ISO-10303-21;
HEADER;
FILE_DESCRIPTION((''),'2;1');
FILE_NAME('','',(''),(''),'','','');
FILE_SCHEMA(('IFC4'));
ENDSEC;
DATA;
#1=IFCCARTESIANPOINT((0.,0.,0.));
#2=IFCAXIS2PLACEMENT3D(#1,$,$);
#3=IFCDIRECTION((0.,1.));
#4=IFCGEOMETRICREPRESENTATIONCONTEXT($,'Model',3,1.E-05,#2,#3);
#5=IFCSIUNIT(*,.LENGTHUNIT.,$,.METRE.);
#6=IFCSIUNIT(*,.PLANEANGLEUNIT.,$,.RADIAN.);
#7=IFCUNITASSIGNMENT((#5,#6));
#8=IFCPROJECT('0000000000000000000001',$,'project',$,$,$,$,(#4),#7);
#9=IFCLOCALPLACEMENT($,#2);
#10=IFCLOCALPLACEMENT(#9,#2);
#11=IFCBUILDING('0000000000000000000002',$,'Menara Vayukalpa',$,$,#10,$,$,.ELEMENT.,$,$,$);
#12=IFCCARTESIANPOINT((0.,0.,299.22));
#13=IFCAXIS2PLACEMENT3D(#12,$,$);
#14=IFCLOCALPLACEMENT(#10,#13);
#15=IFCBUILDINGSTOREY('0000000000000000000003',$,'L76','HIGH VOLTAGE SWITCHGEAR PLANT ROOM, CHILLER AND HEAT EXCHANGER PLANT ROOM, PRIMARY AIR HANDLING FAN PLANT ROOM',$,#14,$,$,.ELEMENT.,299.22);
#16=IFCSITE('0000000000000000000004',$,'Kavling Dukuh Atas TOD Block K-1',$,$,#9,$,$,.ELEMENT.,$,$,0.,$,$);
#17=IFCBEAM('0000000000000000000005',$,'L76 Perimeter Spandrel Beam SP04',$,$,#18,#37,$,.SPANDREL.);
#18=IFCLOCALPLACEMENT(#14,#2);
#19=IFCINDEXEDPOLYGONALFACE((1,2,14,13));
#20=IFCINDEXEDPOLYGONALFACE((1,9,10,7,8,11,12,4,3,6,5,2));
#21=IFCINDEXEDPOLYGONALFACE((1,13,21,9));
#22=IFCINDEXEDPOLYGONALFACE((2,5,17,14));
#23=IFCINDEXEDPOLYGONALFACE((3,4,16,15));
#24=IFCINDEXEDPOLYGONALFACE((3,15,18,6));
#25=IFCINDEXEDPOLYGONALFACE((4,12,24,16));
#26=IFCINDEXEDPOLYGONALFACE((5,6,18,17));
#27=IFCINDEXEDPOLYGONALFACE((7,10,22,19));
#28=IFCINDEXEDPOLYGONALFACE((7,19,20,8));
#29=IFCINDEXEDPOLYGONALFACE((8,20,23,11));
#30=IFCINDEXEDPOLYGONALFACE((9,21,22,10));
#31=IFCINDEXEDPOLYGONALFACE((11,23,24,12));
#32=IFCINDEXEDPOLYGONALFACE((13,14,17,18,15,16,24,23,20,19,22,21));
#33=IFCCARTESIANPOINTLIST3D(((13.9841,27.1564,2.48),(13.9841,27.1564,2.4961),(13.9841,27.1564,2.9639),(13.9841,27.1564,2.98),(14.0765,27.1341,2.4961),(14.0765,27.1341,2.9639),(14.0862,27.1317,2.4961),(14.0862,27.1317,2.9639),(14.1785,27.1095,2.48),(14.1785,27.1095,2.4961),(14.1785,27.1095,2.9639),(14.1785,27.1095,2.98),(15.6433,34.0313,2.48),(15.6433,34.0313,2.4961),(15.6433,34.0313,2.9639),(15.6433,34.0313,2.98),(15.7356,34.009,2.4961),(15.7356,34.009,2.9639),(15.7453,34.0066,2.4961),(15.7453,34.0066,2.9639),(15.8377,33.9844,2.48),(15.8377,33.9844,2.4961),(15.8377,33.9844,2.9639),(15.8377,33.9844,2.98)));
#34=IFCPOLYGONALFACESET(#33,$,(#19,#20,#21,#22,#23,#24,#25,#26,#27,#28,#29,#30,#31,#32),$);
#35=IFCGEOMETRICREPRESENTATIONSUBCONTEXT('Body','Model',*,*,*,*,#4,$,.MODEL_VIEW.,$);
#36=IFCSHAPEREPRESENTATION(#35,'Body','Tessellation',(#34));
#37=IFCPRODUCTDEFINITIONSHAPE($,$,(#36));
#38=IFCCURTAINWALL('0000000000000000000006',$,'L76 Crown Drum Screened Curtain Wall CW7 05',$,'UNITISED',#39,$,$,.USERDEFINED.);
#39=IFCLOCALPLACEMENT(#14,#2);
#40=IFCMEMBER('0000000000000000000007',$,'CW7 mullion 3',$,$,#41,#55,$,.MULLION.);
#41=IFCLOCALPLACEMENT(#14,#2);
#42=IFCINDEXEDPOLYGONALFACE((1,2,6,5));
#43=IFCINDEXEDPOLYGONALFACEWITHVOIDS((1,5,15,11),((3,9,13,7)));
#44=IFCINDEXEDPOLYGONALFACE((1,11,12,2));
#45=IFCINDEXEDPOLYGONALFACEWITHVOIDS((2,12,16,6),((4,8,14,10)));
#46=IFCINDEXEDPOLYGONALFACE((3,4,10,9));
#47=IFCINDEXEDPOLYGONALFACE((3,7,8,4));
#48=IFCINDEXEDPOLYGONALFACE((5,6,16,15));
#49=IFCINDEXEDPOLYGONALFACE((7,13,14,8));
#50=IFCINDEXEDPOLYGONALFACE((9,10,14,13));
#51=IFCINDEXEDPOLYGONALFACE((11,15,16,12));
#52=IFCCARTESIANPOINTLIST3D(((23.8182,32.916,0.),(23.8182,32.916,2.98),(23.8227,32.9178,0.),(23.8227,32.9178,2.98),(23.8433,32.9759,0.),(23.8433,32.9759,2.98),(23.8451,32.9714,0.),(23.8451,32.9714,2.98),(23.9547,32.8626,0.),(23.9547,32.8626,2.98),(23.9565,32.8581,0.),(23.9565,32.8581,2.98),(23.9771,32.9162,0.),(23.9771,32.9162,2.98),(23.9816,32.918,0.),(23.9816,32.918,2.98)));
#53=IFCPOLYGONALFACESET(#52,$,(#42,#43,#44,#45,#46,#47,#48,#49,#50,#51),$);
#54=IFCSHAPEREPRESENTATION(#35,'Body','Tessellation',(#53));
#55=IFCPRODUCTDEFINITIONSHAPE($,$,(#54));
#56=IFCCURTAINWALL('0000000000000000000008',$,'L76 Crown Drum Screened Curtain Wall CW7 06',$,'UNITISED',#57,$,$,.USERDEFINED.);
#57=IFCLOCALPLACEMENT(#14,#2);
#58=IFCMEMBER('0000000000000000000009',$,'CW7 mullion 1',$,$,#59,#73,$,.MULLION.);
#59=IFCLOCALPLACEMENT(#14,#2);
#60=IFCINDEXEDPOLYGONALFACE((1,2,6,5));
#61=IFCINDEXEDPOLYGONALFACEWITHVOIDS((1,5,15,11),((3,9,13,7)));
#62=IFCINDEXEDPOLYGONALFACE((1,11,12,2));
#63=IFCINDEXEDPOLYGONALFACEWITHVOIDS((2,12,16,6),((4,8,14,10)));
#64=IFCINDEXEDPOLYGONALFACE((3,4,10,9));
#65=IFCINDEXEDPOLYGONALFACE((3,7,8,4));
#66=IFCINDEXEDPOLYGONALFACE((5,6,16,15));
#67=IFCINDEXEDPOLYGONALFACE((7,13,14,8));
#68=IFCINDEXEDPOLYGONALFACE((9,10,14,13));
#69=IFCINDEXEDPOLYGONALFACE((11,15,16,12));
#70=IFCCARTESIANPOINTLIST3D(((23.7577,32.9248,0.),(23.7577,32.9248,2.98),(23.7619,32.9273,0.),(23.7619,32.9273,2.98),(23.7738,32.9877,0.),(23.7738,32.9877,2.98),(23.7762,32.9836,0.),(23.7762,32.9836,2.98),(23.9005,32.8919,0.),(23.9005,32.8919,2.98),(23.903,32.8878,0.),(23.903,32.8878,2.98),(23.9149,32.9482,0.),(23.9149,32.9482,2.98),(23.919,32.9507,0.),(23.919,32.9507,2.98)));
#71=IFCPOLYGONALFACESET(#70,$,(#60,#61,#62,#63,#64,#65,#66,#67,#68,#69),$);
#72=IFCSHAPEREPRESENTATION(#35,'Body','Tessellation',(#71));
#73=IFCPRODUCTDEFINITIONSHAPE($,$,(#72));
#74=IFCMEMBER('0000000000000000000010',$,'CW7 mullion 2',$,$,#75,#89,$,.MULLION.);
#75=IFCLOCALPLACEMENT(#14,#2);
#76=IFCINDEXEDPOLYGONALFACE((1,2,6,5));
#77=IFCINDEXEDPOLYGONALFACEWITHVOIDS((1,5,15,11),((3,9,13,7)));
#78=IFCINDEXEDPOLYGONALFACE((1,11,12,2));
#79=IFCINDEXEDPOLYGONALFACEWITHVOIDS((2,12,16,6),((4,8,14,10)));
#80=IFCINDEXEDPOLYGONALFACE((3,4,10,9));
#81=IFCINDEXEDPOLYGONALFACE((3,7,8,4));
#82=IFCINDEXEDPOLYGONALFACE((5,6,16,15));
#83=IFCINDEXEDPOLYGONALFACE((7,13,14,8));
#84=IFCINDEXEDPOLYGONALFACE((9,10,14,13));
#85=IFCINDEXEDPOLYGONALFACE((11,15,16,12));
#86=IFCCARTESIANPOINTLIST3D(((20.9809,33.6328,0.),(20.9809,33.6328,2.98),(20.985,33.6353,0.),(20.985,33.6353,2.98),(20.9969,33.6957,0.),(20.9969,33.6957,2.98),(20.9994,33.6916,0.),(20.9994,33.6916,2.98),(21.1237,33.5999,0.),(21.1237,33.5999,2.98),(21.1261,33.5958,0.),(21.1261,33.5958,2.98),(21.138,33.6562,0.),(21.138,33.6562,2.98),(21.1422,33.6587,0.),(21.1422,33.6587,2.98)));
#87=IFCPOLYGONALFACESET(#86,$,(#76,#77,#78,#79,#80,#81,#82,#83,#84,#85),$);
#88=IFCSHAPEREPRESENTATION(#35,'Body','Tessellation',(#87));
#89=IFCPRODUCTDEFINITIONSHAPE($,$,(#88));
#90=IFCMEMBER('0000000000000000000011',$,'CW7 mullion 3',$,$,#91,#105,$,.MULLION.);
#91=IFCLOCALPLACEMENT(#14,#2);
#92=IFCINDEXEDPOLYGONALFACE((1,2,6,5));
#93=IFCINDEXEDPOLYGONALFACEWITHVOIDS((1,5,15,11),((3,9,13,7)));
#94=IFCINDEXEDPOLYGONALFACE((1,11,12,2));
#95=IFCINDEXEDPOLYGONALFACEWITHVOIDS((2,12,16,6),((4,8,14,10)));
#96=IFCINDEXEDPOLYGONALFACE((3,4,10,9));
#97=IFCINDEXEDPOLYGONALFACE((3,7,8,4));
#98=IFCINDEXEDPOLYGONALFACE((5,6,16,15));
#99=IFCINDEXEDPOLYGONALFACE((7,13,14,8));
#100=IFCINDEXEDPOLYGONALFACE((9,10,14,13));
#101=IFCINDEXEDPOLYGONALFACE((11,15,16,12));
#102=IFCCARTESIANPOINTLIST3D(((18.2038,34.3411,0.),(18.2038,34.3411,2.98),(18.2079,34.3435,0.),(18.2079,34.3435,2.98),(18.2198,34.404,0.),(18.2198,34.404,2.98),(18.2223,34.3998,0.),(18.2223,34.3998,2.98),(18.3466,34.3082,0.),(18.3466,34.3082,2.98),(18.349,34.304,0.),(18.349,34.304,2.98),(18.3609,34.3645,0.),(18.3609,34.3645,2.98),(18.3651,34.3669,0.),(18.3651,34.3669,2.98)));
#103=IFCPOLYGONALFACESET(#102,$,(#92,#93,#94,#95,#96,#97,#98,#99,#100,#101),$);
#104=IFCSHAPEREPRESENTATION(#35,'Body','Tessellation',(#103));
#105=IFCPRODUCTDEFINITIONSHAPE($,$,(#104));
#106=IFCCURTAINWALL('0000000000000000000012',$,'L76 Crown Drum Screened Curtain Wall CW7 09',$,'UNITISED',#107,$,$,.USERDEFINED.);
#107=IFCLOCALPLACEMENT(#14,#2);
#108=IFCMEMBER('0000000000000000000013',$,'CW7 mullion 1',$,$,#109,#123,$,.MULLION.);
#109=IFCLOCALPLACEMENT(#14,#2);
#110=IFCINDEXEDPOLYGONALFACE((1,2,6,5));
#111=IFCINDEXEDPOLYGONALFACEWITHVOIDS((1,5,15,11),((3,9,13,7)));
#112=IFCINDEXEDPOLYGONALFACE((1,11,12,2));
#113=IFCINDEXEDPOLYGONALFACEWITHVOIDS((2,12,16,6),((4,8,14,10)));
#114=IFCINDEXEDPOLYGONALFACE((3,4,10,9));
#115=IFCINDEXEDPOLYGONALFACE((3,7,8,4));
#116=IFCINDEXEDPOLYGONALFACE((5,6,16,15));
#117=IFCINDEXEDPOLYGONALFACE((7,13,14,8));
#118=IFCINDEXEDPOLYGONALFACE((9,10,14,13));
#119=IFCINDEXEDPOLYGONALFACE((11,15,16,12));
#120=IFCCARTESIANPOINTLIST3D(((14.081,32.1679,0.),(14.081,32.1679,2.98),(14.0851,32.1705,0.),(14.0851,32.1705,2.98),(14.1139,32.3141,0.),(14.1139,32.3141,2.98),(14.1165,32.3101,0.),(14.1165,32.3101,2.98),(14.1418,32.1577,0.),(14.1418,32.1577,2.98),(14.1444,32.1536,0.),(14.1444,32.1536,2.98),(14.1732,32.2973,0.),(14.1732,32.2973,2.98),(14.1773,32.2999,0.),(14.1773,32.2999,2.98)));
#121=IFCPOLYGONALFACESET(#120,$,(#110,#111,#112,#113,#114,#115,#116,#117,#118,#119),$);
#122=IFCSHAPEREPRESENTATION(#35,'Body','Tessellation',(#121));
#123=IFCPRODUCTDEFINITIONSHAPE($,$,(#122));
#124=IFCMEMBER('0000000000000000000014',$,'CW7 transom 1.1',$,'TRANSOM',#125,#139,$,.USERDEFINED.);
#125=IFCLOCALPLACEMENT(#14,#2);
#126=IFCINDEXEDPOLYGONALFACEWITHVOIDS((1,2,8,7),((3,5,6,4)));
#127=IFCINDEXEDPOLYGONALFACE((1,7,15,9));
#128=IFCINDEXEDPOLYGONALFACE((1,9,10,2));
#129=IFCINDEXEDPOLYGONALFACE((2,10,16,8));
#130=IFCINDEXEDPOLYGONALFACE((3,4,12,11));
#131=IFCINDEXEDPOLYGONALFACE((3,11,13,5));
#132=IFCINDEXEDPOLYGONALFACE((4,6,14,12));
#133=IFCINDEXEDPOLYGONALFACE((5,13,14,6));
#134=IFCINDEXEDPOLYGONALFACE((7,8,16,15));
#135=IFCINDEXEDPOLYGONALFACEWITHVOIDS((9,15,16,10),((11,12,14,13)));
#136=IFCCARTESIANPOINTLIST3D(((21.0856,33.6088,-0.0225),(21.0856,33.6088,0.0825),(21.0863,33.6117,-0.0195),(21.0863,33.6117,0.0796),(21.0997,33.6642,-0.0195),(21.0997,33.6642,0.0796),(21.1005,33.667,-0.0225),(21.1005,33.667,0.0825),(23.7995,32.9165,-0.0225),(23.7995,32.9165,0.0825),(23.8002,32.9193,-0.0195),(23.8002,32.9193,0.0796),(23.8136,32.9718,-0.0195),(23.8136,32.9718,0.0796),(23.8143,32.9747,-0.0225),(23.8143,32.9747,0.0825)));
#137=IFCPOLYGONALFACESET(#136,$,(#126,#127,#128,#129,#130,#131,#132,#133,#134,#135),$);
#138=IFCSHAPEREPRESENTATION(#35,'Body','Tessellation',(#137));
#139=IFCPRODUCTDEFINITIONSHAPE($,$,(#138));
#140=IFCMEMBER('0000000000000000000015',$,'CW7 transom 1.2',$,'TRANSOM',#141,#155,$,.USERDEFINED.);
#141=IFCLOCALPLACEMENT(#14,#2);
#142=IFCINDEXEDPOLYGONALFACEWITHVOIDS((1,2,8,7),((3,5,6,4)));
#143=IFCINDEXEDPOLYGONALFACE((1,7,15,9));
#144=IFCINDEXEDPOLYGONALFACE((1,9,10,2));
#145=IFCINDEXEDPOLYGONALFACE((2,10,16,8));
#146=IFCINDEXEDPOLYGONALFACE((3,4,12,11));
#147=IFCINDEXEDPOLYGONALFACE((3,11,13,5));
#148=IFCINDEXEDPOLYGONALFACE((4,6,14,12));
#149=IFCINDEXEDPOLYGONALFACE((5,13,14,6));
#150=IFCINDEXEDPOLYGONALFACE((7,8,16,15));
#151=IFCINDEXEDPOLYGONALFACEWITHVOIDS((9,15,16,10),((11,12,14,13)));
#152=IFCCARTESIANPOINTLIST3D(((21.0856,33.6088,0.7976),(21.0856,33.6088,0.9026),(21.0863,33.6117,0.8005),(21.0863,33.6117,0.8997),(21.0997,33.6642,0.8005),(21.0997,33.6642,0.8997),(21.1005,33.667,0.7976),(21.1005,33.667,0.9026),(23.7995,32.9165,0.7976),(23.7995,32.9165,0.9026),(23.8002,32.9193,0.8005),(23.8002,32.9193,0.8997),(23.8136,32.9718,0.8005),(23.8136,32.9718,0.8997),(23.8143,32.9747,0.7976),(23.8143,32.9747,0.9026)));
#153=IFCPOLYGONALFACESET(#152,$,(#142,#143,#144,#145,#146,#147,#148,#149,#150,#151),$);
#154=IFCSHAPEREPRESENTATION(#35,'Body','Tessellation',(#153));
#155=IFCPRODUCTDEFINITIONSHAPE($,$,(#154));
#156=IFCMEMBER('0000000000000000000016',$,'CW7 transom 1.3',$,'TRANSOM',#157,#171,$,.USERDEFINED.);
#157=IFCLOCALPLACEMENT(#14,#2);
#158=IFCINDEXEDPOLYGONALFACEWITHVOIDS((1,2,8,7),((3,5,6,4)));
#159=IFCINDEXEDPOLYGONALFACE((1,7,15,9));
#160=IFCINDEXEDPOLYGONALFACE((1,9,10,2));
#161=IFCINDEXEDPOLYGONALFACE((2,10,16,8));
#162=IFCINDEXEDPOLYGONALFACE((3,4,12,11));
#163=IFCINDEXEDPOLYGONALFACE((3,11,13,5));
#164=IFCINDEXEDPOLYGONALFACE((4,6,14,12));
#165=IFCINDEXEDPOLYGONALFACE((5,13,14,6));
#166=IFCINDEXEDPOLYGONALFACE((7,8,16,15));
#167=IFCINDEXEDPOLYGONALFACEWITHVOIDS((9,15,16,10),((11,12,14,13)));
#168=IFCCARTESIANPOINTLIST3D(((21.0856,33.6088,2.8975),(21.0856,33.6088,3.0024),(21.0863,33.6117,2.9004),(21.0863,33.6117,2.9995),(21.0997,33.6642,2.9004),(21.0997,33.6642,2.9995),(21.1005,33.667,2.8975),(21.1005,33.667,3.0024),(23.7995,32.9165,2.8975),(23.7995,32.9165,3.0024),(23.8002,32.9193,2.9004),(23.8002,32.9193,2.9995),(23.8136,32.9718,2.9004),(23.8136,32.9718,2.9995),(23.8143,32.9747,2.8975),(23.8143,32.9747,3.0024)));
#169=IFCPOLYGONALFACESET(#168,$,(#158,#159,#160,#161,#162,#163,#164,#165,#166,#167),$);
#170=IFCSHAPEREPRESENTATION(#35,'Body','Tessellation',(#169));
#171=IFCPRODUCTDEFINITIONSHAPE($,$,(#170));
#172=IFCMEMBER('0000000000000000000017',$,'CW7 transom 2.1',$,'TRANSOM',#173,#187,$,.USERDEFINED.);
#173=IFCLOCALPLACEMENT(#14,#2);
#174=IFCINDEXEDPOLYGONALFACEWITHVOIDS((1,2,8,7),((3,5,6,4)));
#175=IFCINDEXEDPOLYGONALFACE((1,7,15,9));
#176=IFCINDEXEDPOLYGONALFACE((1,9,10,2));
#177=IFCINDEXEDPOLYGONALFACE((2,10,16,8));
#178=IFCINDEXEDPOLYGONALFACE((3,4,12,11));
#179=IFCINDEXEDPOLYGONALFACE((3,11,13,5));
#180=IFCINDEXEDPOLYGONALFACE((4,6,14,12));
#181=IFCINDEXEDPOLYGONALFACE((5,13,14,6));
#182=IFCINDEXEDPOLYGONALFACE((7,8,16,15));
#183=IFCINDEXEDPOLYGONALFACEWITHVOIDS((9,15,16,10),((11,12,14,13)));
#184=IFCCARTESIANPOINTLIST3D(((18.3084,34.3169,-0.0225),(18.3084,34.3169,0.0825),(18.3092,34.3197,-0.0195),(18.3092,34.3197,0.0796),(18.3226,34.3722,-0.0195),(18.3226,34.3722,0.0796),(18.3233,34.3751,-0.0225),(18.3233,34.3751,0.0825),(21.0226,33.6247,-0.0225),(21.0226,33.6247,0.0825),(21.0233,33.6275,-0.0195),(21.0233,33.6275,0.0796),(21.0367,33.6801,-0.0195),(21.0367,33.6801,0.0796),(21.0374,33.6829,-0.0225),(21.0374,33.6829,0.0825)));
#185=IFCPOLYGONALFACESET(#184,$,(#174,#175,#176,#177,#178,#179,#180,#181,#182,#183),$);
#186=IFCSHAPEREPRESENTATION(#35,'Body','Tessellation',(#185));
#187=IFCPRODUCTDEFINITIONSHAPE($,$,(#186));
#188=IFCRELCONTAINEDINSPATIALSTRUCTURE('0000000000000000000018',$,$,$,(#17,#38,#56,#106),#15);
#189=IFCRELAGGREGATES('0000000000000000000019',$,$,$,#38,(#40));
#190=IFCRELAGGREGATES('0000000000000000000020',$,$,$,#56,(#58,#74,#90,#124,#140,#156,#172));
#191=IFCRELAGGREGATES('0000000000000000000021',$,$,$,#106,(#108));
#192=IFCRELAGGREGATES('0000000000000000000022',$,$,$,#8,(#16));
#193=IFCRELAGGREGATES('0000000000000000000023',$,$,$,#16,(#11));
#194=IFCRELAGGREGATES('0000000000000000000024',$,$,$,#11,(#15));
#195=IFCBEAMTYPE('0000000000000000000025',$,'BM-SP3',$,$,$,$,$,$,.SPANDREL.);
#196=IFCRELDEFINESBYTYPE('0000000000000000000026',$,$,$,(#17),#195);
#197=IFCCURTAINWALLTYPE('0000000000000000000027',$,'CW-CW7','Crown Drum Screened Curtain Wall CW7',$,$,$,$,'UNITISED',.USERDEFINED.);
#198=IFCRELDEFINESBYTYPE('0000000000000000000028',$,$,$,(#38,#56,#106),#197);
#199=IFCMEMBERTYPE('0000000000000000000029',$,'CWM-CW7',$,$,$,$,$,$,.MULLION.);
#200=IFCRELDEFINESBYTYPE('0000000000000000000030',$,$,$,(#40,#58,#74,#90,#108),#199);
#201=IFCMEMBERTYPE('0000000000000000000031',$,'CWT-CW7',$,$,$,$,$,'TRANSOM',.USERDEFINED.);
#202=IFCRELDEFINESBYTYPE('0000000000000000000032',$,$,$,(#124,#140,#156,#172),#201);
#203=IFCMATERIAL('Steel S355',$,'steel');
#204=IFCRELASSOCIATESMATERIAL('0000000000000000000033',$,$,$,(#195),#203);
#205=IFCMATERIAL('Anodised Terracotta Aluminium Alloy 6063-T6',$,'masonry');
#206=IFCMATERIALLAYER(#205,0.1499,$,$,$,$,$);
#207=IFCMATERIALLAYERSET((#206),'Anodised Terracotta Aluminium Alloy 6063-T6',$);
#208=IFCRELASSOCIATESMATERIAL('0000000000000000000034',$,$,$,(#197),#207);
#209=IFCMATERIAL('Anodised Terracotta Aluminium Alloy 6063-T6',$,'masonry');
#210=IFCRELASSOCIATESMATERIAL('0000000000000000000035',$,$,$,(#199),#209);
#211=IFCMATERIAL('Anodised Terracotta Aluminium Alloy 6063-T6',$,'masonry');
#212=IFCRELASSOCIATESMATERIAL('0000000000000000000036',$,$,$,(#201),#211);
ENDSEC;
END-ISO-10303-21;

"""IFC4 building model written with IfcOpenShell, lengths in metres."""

from ifc_helpers import new_model, si_unit, direction, frame, origin, origin_2d, place, context, subcontext, project, spatial, hollow_rectangle, i_section, extrude, material, layer, layer_set, material_profile, profile_set, type_object, element, aggregate, save


model = new_model("IFC4")

# Units and contexts
model_context = context("Model", 3, precision=1e-05, world=origin(), true_north=direction((0.0, 1.0)))
body_context = subcontext(model_context, "Body", "Model", "MODEL_VIEW")
ifc_project = project(units=[si_unit("LENGTHUNIT", "METRE"), si_unit("PLANEANGLEUNIT", "RADIAN")], contexts=[model_context])

# Site, building, storey
site_placement = place(None, origin())
site = spatial("IfcSite", under=ifc_project, at=site_placement, Name="Kavling Dukuh Atas TOD Block K-1", CompositionType="ELEMENT", RefElevation=0.0)
building_placement = place(site_placement, origin())
building = spatial("IfcBuilding", under=site, at=building_placement, Name="Menara Vayukalpa", CompositionType="ELEMENT")
storey_placement = place(building_placement, frame((0.0, 0.0, 299.22)))
storey = spatial("IfcBuildingStorey", under=building, at=storey_placement, Name="L76", Description="HIGH VOLTAGE SWITCHGEAR PLANT ROOM, CHILLER AND HEAT EXCHANGER PLANT ROOM, PRIMARY AIR HANDLING FAN PLANT ROOM", CompositionType="ELEMENT", Elevation=299.22)

# Beam
ifc_material_1 = material(Name="Steel S355", Category="steel")
ifc_material_profile_1 = material_profile(ifc_material_1, i_section(OverallWidth=0.2, OverallDepth=0.5, WebThickness=0.01, FlangeThickness=0.0161, at=origin_2d()), Name="WF 500x200x10x16")
ifc_profile_set_1 = profile_set([ifc_material_profile_1], Name="Steel S355")
beam_type_1 = type_object("IfcBeamType", Name="BM-SP3", PredefinedType="SPANDREL", material=ifc_profile_set_1)
beam_1_placement = place(storey_placement, frame((15.7405, 34.0078, 2.73), z_axis=(-0.2346, -0.972092, 0.0), x_axis=(0.972092, -0.2346, 0.0)))
element("IfcBeam", 1, at=beam_1_placement, inside=storey, type_object=beam_type_1, Name="L76 Perimeter Spandrel Beam SP04", PredefinedType="SPANDREL", context=body_context, shape_type="SweptSolid", body=[
    extrude(i_section(OverallWidth=0.2, OverallDepth=0.5, WebThickness=0.01, FlangeThickness=0.0161, at=origin_2d()), origin(), (0.0, 0.0, 1.0), 7.0723),
])

# Curtain wall, member
ifc_material_2 = material(Name="Anodised Terracotta Aluminium Alloy 6063-T6", Category="masonry")
ifc_layer_1 = layer(ifc_material_2, 0.1499)
ifc_layer_set_1 = layer_set([ifc_layer_1], Name="Anodised Terracotta Aluminium Alloy 6063-T6")
curtain_wall_type = type_object("IfcCurtainWallType", Name="CW-CW7", Description="Crown Drum Screened Curtain Wall CW7", ElementType="UNITISED", PredefinedType="USERDEFINED", material=ifc_layer_set_1)
curtain_wall_1_placement = place(storey_placement, origin())
curtain_wall_1 = element("IfcCurtainWall", 2, at=curtain_wall_1_placement, inside=storey, type_object=curtain_wall_type, Name="L76 Crown Drum Screened Curtain Wall CW7 05", ObjectType="UNITISED", PredefinedType="USERDEFINED")
ifc_material_3 = material(Name="Anodised Terracotta Aluminium Alloy 6063-T6", Category="masonry")
ifc_material_profile_2 = material_profile(ifc_material_3, hollow_rectangle(XDim=0.0649, YDim=0.1499, WallThickness=0.0034, at=origin_2d()), Name="ALU 65x150x3.5")
ifc_profile_set_2 = profile_set([ifc_material_profile_2], Name="Anodised Terracotta Aluminium Alloy 6063-T6")
member_type_1 = type_object("IfcMemberType", Name="CWM-CW7", PredefinedType="MULLION", material=ifc_profile_set_2)
member_1_placement = place(storey_placement, frame((23.8999, 32.917, 0.0), z_axis=(0.0, 0.0, 1.0), x_axis=(-0.385898, -0.922541, 0.0)))
member_1 = element("IfcMember", 3, at=member_1_placement, type_object=member_type_1, Name="CW7 mullion 3", PredefinedType="MULLION", context=body_context, shape_type="SweptSolid", body=[
    extrude(hollow_rectangle(XDim=0.0649, YDim=0.1499, WallThickness=0.0034, at=origin_2d()), origin(), (0.0, 0.0, 1.0), 2.98),
])
aggregate(curtain_wall_1, [member_1])

# Curtain wall, members
curtain_wall_2_placement = place(storey_placement, origin())
curtain_wall_2 = element("IfcCurtainWall", 4, at=curtain_wall_2_placement, inside=storey, type_object=curtain_wall_type, Name="L76 Crown Drum Screened Curtain Wall CW7 06", ObjectType="UNITISED", PredefinedType="USERDEFINED")
member_2_placement = place(storey_placement, frame((23.8384, 32.9377, 0.0), z_axis=(0.0, 0.0, 1.0), x_axis=(-0.247124, -0.968984, 0.0)))
member_2 = element("IfcMember", 5, at=member_2_placement, type_object=member_type_1, Name="CW7 mullion 1", PredefinedType="MULLION", context=body_context, shape_type="SweptSolid", body=[
    extrude(hollow_rectangle(XDim=0.0649, YDim=0.1499, WallThickness=0.0034, at=origin_2d()), origin(), (0.0, 0.0, 1.0), 2.98),
])
member_3_placement = place(storey_placement, frame((21.0615, 33.6458, 0.0), z_axis=(0.0, 0.0, 1.0), x_axis=(-0.247124, -0.968984, 0.0)))
member_3 = element("IfcMember", 6, at=member_3_placement, type_object=member_type_1, Name="CW7 mullion 2", PredefinedType="MULLION", context=body_context, shape_type="SweptSolid", body=[
    extrude(hollow_rectangle(XDim=0.0649, YDim=0.1499, WallThickness=0.0034, at=origin_2d()), origin(), (0.0, 0.0, 1.0), 2.98),
])
member_4_placement = place(storey_placement, frame((18.2844, 34.354, 0.0), z_axis=(0.0, 0.0, 1.0), x_axis=(-0.247124, -0.968984, 0.0)))
member_4 = element("IfcMember", 7, at=member_4_placement, type_object=member_type_1, Name="CW7 mullion 3", PredefinedType="MULLION", context=body_context, shape_type="SweptSolid", body=[
    extrude(hollow_rectangle(XDim=0.0649, YDim=0.1499, WallThickness=0.0034, at=origin_2d()), origin(), (0.0, 0.0, 1.0), 2.98),
])

# Curtain wall, member
curtain_wall_3_placement = place(storey_placement, origin())
curtain_wall_3 = element("IfcCurtainWall", 8, at=curtain_wall_3_placement, inside=storey, type_object=curtain_wall_type, Name="L76 Crown Drum Screened Curtain Wall CW7 09", ObjectType="UNITISED", PredefinedType="USERDEFINED")
member_5_placement = place(storey_placement, frame((14.1292, 32.2339, 0.0), z_axis=(0.0, 0.0, 1.0), x_axis=(0.975609, -0.219516, 0.0)))
member_5 = element("IfcMember", 9, at=member_5_placement, type_object=member_type_1, Name="CW7 mullion 1", PredefinedType="MULLION", context=body_context, shape_type="SweptSolid", body=[
    extrude(hollow_rectangle(XDim=0.0649, YDim=0.1499, WallThickness=0.0034, at=origin_2d()), origin(), (0.0, 0.0, 1.0), 2.98),
])

# Members
ifc_material_4 = material(Name="Anodised Terracotta Aluminium Alloy 6063-T6", Category="masonry")
ifc_material_profile_3 = material_profile(ifc_material_4, hollow_rectangle(XDim=0.0601, YDim=0.105, WallThickness=0.0029, at=origin_2d()), Name="ALU 60x105x3")
ifc_profile_set_3 = profile_set([ifc_material_profile_3], Name="Anodised Terracotta Aluminium Alloy 6063-T6")
member_type_2 = type_object("IfcMemberType", Name="CWT-CW7", ElementType="TRANSOM", PredefinedType="USERDEFINED", material=ifc_profile_set_3)
member_6_placement = place(storey_placement, frame((23.8069, 32.9456, 0.03), z_axis=(-0.968962, 0.247209, 0.0), x_axis=(-0.247209, -0.968962, 0.0)))
member_6 = element("IfcMember", 10, at=member_6_placement, type_object=member_type_2, Name="CW7 transom 1.1", ObjectType="TRANSOM", PredefinedType="USERDEFINED", context=body_context, shape_type="SweptSolid", body=[
    extrude(hollow_rectangle(XDim=0.0601, YDim=0.105, WallThickness=0.0029, at=origin_2d()), origin(), (0.0, 0.0, 1.0), 2.8008),
])
member_7_placement = place(storey_placement, frame((23.8069, 32.9456, 0.8501), z_axis=(-0.968962, 0.247209, 0.0), x_axis=(-0.247209, -0.968962, 0.0)))
member_7 = element("IfcMember", 11, at=member_7_placement, type_object=member_type_2, Name="CW7 transom 1.2", ObjectType="TRANSOM", PredefinedType="USERDEFINED", context=body_context, shape_type="SweptSolid", body=[
    extrude(hollow_rectangle(XDim=0.0601, YDim=0.105, WallThickness=0.0029, at=origin_2d()), origin(), (0.0, 0.0, 1.0), 2.8008),
])
member_8_placement = place(storey_placement, frame((23.8069, 32.9456, 2.95), z_axis=(-0.968962, 0.247209, 0.0), x_axis=(-0.247209, -0.968962, 0.0)))
member_8 = element("IfcMember", 12, at=member_8_placement, type_object=member_type_2, Name="CW7 transom 1.3", ObjectType="TRANSOM", PredefinedType="USERDEFINED", context=body_context, shape_type="SweptSolid", body=[
    extrude(hollow_rectangle(XDim=0.0601, YDim=0.105, WallThickness=0.0029, at=origin_2d()), origin(), (0.0, 0.0, 1.0), 2.8008),
])
member_9_placement = place(storey_placement, frame((21.03, 33.6538, 0.03), z_axis=(-0.968988, 0.247106, 0.0), x_axis=(-0.247106, -0.968988, 0.0)))
member_9 = element("IfcMember", 13, at=member_9_placement, type_object=member_type_2, Name="CW7 transom 2.1", ObjectType="TRANSOM", PredefinedType="USERDEFINED", context=body_context, shape_type="SweptSolid", body=[
    extrude(hollow_rectangle(XDim=0.0601, YDim=0.105, WallThickness=0.0029, at=origin_2d()), origin(), (0.0, 0.0, 1.0), 2.801),
])

aggregate(curtain_wall_2, [member_2, member_3, member_4, member_6, member_7, member_8, member_9])
aggregate(curtain_wall_3, [member_5])

save(model, "model.ifc")
